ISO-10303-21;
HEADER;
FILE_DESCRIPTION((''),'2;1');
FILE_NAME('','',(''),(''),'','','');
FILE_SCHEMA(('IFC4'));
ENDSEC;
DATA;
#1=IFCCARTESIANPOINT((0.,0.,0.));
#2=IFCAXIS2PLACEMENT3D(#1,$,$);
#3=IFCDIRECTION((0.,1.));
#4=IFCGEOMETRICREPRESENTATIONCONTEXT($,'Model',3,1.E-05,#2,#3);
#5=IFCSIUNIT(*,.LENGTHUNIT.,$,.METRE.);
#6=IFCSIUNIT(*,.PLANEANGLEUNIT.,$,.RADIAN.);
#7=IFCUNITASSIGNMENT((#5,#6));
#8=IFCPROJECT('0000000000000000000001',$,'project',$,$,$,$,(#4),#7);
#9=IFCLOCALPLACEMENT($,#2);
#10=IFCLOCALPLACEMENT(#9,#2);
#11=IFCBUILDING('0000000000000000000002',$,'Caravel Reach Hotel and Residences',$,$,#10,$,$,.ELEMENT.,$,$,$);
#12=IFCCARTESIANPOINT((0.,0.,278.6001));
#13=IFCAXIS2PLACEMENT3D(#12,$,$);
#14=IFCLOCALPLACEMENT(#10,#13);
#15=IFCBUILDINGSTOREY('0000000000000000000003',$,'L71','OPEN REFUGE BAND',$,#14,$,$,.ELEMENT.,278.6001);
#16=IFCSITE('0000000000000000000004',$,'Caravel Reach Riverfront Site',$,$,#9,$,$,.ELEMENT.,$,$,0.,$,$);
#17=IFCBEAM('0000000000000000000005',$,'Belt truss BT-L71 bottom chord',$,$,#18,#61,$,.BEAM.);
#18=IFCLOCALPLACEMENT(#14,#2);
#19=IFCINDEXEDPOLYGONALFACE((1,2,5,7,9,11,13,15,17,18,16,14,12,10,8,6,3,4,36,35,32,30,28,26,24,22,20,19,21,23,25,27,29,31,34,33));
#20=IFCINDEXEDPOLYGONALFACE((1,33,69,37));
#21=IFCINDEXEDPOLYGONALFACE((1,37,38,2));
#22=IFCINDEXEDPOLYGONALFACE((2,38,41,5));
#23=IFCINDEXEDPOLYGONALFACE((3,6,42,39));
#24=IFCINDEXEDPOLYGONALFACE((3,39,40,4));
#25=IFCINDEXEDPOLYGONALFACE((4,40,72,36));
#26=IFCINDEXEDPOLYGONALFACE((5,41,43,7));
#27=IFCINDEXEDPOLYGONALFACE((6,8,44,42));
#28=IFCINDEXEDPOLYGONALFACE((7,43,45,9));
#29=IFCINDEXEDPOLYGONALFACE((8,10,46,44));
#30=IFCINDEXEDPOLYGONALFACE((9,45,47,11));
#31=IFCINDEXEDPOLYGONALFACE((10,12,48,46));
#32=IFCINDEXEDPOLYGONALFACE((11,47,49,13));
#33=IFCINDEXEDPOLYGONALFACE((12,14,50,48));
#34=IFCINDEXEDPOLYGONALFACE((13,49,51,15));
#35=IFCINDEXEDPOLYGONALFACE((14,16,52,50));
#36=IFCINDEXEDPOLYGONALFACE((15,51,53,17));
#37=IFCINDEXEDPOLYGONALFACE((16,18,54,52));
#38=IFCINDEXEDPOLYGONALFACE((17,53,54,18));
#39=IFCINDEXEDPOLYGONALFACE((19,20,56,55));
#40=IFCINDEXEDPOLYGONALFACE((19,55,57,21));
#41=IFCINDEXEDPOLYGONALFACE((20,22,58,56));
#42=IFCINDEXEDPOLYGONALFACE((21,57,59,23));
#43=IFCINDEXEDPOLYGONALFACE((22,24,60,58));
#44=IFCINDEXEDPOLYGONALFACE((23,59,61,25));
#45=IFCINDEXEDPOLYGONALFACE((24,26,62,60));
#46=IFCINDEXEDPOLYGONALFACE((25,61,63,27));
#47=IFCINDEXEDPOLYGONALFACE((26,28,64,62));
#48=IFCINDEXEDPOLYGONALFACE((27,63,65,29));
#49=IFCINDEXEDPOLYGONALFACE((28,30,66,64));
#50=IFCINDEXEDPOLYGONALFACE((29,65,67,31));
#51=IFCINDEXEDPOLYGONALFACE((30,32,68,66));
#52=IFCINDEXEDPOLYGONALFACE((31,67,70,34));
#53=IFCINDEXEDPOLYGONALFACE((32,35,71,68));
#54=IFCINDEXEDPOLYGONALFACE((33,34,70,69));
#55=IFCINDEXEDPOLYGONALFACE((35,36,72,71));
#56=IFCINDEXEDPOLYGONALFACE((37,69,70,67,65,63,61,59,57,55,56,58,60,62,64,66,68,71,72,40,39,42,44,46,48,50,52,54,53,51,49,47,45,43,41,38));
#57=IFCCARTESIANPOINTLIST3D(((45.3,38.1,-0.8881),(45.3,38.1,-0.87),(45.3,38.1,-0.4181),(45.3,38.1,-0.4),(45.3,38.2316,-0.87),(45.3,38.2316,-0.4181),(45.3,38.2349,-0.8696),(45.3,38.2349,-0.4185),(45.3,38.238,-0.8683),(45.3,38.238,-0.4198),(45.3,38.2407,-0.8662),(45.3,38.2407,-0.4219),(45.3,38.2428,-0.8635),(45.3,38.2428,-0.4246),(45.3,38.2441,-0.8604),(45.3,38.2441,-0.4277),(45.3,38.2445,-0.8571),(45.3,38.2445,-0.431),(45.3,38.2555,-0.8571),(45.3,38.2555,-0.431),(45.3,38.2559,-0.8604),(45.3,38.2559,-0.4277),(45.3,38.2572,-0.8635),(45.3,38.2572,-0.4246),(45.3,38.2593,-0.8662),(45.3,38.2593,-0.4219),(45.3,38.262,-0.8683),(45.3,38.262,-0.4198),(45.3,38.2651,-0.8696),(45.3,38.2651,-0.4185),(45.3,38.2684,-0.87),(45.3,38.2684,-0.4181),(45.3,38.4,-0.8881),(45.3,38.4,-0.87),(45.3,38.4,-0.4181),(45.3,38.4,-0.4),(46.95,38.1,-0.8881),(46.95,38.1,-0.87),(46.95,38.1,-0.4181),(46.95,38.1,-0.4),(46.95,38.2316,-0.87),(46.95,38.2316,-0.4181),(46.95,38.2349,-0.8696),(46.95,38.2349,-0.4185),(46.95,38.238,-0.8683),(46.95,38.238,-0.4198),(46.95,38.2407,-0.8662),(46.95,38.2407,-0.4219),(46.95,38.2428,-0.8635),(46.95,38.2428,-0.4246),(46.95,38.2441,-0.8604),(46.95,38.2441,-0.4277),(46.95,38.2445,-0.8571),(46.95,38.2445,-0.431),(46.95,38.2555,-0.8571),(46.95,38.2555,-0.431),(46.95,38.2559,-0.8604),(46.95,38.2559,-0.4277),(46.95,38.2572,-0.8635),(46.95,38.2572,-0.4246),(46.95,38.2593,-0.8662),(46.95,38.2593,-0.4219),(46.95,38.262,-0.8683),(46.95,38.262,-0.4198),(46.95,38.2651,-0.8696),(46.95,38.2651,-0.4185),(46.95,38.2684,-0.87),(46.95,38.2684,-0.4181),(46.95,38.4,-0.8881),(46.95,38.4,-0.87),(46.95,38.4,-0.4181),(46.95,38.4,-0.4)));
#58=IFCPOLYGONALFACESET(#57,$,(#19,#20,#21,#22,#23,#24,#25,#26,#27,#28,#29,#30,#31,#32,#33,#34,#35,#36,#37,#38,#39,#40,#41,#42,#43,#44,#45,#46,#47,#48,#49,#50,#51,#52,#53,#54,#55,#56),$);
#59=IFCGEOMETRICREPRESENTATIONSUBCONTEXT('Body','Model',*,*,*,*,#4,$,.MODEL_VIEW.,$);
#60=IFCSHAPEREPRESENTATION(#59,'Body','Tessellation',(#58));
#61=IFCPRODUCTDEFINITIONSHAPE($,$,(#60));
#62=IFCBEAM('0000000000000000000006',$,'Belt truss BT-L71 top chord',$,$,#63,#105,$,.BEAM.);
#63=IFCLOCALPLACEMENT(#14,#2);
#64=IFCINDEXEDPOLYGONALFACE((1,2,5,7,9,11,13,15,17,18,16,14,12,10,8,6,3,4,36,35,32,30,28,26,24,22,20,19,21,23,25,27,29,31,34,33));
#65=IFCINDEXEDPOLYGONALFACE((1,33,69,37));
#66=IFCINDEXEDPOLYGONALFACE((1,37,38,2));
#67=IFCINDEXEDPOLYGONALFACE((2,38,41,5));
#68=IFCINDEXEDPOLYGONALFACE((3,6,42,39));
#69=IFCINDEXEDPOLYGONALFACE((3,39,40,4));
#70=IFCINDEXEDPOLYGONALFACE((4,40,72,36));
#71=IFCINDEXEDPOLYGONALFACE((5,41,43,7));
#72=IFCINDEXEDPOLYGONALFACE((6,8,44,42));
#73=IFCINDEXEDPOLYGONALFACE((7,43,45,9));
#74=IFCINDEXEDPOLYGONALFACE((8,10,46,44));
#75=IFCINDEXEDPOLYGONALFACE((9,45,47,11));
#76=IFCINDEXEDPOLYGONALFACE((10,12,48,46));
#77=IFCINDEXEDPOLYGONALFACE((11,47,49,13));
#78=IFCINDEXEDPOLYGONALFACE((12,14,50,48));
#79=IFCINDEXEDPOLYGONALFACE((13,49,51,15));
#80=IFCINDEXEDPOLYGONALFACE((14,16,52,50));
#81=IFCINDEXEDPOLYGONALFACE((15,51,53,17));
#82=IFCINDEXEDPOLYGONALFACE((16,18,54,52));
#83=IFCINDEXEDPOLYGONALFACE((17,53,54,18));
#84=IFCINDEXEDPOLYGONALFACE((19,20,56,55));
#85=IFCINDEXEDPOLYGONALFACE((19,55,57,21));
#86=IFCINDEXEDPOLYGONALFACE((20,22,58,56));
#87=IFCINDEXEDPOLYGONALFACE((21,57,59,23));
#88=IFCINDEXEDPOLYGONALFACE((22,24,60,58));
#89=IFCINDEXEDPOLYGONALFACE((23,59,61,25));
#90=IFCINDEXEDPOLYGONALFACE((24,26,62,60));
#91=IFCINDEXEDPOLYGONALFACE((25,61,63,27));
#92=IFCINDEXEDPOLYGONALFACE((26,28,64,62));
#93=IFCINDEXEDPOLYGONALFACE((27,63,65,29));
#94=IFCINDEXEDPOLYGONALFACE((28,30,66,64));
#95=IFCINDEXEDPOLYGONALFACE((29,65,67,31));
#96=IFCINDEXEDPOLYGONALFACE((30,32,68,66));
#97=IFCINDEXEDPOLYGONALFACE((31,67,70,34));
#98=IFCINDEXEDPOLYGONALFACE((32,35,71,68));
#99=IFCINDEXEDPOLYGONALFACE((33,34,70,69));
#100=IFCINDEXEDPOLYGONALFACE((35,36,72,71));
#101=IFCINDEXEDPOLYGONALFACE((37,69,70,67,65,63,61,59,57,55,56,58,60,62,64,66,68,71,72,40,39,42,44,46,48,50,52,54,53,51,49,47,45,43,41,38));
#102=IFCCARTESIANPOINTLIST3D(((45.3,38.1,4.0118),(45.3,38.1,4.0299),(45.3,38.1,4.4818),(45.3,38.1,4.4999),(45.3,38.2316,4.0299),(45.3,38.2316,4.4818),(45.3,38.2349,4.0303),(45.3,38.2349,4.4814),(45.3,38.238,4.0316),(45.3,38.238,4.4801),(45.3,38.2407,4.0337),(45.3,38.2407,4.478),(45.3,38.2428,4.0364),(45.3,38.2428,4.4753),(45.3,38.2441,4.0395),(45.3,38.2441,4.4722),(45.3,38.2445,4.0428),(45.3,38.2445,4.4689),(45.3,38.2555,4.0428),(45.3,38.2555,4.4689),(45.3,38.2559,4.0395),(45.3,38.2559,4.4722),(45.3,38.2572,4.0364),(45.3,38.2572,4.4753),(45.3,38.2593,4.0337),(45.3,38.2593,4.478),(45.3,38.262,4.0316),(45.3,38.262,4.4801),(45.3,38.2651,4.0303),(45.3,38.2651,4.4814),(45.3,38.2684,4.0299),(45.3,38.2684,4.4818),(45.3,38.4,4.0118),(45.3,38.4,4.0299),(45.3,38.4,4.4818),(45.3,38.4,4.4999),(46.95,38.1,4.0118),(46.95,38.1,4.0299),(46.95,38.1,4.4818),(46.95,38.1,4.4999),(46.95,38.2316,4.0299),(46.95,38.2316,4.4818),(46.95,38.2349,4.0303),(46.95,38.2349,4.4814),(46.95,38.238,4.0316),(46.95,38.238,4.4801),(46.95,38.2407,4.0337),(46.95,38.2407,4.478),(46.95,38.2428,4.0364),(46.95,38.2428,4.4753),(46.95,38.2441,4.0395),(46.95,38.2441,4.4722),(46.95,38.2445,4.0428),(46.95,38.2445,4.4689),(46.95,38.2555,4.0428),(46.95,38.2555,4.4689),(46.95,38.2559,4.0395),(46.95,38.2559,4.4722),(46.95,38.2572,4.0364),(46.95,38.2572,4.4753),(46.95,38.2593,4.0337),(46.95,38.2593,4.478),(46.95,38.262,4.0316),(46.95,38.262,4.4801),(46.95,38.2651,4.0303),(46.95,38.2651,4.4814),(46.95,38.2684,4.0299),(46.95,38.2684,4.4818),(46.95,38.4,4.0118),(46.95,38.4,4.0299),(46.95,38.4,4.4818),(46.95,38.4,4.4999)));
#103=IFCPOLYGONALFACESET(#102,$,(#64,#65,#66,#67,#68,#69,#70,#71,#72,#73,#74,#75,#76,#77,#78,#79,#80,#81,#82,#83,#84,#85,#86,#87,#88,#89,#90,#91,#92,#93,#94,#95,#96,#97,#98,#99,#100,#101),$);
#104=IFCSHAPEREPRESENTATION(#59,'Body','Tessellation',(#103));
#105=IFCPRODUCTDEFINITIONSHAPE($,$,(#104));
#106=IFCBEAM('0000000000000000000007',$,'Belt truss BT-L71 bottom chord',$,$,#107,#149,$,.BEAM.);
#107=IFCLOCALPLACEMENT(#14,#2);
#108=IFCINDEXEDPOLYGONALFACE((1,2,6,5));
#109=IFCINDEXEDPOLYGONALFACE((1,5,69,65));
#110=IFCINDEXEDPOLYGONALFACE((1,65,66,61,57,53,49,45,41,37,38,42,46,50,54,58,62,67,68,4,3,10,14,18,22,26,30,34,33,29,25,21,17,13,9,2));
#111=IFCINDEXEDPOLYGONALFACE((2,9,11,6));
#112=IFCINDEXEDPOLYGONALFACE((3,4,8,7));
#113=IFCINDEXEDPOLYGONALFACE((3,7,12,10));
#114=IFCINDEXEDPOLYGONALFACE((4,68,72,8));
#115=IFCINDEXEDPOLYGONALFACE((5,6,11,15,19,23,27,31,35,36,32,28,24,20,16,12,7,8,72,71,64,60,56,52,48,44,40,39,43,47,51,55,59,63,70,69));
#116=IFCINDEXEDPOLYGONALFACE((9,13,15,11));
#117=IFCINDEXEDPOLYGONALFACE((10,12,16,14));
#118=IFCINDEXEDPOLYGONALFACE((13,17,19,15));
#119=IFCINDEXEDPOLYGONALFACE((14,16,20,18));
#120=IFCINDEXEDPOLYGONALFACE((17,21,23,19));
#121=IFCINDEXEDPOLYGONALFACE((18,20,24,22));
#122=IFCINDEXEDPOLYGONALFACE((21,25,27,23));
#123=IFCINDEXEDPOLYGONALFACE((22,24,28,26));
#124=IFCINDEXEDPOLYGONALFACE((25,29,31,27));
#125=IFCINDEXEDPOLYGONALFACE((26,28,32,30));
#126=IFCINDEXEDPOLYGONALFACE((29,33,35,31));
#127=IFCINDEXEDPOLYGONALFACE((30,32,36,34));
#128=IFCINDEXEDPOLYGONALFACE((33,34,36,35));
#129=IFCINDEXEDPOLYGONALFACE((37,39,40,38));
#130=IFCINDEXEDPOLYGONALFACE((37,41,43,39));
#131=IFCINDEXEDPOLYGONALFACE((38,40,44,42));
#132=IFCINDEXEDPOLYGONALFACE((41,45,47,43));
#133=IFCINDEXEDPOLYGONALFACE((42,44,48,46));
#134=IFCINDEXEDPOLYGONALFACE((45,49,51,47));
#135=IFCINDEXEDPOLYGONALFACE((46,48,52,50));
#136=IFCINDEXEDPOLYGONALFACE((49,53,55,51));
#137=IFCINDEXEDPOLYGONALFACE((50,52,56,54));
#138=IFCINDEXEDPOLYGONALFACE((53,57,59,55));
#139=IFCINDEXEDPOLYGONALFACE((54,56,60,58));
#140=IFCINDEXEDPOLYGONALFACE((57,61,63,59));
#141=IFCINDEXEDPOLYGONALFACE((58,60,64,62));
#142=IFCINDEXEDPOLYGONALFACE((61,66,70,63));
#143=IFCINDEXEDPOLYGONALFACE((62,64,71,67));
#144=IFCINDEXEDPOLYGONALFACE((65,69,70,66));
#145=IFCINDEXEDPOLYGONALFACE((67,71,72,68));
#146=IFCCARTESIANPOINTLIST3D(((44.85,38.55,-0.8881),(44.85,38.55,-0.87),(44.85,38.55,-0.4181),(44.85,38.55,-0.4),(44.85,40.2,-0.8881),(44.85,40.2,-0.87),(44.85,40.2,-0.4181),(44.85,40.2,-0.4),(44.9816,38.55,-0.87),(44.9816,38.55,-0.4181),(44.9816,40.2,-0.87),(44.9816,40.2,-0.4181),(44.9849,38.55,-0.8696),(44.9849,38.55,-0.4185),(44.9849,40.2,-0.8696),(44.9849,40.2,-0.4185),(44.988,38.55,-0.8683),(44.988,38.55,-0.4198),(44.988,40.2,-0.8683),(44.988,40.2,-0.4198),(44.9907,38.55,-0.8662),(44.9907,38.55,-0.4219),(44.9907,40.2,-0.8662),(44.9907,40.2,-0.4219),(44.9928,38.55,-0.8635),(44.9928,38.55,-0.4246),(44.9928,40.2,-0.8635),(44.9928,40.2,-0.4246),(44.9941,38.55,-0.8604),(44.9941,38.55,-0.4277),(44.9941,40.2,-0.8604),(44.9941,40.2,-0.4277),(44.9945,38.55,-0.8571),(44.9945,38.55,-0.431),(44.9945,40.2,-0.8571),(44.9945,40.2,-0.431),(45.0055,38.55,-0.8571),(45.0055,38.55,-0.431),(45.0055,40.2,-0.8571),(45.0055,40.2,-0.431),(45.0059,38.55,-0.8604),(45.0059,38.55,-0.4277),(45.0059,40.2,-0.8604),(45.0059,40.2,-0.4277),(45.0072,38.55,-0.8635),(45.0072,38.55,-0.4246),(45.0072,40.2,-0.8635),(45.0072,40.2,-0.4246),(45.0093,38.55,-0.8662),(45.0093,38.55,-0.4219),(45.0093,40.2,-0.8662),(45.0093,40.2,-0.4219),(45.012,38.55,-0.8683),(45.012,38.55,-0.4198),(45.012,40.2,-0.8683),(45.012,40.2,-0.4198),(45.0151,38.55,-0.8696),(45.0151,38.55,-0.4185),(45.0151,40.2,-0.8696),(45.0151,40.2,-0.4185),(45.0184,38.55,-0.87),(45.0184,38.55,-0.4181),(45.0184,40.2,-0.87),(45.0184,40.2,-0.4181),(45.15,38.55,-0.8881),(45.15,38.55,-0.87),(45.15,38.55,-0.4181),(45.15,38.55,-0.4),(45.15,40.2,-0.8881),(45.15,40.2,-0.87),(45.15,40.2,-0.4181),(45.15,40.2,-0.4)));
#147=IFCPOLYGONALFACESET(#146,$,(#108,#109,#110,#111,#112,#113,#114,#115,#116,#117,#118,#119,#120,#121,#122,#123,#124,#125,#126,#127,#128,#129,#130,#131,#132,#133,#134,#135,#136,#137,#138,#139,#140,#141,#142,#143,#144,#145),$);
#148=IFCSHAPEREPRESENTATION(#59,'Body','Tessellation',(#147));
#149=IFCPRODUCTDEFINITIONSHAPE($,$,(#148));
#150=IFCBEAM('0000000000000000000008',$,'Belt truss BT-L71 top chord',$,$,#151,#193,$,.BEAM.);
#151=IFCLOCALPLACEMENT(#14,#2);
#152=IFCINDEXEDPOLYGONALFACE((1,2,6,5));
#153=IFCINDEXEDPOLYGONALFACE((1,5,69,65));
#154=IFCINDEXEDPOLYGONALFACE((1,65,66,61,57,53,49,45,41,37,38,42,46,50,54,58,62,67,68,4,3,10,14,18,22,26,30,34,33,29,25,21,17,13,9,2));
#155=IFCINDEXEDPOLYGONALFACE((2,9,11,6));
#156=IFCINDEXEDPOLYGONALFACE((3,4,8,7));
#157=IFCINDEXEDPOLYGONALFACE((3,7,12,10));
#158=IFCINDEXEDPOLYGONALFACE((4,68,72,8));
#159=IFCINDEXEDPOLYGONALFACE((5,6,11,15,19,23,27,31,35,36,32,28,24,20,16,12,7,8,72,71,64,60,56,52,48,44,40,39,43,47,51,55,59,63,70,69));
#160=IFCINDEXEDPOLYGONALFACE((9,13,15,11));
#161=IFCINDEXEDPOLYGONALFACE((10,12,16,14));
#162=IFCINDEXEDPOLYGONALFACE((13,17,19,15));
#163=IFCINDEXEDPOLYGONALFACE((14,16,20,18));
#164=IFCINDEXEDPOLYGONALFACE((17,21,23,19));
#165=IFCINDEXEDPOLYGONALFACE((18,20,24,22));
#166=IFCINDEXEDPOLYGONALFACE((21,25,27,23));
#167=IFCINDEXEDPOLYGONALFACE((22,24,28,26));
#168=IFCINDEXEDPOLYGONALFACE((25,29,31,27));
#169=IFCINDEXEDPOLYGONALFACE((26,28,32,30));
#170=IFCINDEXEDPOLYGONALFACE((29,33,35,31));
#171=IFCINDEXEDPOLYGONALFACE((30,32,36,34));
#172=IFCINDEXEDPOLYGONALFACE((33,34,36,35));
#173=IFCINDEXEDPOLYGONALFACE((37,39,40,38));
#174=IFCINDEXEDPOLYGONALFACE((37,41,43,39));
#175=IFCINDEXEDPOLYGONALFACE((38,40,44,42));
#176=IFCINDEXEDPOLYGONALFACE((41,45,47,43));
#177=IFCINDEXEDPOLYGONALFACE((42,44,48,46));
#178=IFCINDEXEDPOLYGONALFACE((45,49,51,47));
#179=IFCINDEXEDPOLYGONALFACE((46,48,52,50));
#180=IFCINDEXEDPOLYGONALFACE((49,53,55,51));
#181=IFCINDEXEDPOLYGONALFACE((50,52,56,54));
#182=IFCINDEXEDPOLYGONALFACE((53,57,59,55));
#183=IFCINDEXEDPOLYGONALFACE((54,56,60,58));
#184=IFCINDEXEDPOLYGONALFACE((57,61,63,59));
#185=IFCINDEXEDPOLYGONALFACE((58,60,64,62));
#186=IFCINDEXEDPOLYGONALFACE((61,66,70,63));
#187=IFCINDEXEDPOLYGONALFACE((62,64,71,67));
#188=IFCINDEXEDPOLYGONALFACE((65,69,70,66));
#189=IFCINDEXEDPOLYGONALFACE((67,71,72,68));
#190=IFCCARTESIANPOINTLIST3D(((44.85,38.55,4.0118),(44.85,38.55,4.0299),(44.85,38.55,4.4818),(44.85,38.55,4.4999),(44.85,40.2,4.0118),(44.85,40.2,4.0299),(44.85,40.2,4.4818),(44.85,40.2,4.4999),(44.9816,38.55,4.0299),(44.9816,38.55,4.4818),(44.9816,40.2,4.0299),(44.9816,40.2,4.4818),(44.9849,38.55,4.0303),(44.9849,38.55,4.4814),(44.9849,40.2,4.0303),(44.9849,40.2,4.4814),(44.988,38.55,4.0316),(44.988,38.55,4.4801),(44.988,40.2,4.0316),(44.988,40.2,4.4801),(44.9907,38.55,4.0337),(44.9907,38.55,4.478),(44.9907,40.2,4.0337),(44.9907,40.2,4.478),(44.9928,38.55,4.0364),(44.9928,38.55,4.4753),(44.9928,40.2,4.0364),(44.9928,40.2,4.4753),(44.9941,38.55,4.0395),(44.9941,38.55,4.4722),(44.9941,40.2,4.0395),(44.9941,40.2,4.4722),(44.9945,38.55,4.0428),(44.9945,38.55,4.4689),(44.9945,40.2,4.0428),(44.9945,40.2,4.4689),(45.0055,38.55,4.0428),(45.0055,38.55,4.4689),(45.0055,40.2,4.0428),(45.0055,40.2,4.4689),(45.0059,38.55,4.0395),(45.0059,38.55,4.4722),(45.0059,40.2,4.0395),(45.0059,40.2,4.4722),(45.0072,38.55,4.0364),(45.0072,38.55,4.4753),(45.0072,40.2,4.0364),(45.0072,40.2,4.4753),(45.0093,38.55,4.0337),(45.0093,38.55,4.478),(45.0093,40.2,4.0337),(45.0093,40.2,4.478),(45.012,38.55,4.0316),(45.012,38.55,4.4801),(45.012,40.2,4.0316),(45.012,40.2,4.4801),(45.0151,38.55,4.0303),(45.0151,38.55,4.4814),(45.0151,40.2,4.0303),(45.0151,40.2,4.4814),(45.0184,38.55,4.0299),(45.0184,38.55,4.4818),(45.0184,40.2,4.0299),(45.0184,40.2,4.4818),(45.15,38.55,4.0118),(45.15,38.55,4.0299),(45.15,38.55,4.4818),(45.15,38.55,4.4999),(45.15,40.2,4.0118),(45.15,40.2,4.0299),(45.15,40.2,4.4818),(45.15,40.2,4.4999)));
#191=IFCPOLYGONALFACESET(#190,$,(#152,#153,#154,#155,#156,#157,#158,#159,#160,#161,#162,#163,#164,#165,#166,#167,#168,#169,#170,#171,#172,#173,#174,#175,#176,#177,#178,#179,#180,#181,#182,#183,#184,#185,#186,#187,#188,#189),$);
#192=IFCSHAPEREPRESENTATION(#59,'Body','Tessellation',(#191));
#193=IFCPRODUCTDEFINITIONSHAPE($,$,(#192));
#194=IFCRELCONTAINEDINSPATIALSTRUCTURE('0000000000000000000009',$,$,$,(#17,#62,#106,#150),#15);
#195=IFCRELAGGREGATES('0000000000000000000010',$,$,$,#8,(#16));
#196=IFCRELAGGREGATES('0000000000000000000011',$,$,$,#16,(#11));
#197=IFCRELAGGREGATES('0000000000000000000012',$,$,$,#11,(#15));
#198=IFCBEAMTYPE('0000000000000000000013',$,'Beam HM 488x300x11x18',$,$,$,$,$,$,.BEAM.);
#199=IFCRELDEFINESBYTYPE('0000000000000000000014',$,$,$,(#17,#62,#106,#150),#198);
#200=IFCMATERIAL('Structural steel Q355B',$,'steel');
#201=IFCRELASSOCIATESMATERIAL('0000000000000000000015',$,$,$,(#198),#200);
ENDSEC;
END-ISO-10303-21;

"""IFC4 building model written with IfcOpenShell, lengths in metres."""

from ifc_helpers import new_model, si_unit, direction, frame, origin, origin_2d, place, context, subcontext, project, spatial, i_section, extrude, material, material_profile, profile_set, type_object, element, save


model = new_model("IFC4")

# Units and contexts
model_context = context("Model", 3, precision=1e-05, world=origin(), true_north=direction((0.0, 1.0)))
body_context = subcontext(model_context, "Body", "Model", "MODEL_VIEW")
ifc_project = project(units=[si_unit("LENGTHUNIT", "METRE"), si_unit("PLANEANGLEUNIT", "RADIAN")], contexts=[model_context])

# Site, building, storey
site_placement = place(None, origin())
site = spatial("IfcSite", under=ifc_project, at=site_placement, Name="Caravel Reach Riverfront Site", CompositionType="ELEMENT", RefElevation=0.0)
building_placement = place(site_placement, origin())
building = spatial("IfcBuilding", under=site, at=building_placement, Name="Caravel Reach Hotel and Residences", CompositionType="ELEMENT")
storey_placement = place(building_placement, frame((0.0, 0.0, 278.6001)))
storey = spatial("IfcBuildingStorey", under=building, at=storey_placement, Name="L71", Description="OPEN REFUGE BAND", CompositionType="ELEMENT", Elevation=278.6001)

# Beams
ifc_material_1 = material(Name="Structural steel Q355B", Category="steel")
ifc_material_profile_1 = material_profile(ifc_material_1, i_section(OverallWidth=0.3, OverallDepth=0.488, WebThickness=0.011, FlangeThickness=0.0181, FilletRadius=0.0129, at=origin_2d()), Name="HM 488x300x11x18")
ifc_profile_set_1 = profile_set([ifc_material_profile_1], Name="Structural steel Q355B")
beam_type = type_object("IfcBeamType", Name="Beam HM 488x300x11x18", PredefinedType="BEAM", material=ifc_profile_set_1)
for number, where, z_axis, x_axis, name in (
    (1, (46.95, 38.25, -0.644), (-1.0, 0.0, 0.0), (0.0, -1.0, 0.0), "Belt truss BT-L71 bottom chord"),
    (2, (46.95, 38.25, 4.2559), (-1.0, 0.0, 0.0), (0.0, -1.0, 0.0), "Belt truss BT-L71 top chord"),
    (3, (45.0, 38.55, -0.644), (0.0, 1.0, 0.0), (-1.0, 0.0, 0.0), "Belt truss BT-L71 bottom chord"),
    (4, (45.0, 38.55, 4.2559), (0.0, 1.0, 0.0), (-1.0, 0.0, 0.0), "Belt truss BT-L71 top chord"),
):
    element("IfcBeam", number, at=place(storey_placement, frame(where, z_axis=z_axis, x_axis=x_axis)), inside=storey, type_object=beam_type, Name=name, PredefinedType="BEAM", context=body_context, shape_type="SweptSolid", body=[
        extrude(i_section(OverallWidth=0.3, OverallDepth=0.488, WebThickness=0.011, FlangeThickness=0.0181, FilletRadius=0.0129, at=origin_2d()), origin(), (0.0, 0.0, 1.0), 1.6499),
    ])

save(model, "model.ifc")
